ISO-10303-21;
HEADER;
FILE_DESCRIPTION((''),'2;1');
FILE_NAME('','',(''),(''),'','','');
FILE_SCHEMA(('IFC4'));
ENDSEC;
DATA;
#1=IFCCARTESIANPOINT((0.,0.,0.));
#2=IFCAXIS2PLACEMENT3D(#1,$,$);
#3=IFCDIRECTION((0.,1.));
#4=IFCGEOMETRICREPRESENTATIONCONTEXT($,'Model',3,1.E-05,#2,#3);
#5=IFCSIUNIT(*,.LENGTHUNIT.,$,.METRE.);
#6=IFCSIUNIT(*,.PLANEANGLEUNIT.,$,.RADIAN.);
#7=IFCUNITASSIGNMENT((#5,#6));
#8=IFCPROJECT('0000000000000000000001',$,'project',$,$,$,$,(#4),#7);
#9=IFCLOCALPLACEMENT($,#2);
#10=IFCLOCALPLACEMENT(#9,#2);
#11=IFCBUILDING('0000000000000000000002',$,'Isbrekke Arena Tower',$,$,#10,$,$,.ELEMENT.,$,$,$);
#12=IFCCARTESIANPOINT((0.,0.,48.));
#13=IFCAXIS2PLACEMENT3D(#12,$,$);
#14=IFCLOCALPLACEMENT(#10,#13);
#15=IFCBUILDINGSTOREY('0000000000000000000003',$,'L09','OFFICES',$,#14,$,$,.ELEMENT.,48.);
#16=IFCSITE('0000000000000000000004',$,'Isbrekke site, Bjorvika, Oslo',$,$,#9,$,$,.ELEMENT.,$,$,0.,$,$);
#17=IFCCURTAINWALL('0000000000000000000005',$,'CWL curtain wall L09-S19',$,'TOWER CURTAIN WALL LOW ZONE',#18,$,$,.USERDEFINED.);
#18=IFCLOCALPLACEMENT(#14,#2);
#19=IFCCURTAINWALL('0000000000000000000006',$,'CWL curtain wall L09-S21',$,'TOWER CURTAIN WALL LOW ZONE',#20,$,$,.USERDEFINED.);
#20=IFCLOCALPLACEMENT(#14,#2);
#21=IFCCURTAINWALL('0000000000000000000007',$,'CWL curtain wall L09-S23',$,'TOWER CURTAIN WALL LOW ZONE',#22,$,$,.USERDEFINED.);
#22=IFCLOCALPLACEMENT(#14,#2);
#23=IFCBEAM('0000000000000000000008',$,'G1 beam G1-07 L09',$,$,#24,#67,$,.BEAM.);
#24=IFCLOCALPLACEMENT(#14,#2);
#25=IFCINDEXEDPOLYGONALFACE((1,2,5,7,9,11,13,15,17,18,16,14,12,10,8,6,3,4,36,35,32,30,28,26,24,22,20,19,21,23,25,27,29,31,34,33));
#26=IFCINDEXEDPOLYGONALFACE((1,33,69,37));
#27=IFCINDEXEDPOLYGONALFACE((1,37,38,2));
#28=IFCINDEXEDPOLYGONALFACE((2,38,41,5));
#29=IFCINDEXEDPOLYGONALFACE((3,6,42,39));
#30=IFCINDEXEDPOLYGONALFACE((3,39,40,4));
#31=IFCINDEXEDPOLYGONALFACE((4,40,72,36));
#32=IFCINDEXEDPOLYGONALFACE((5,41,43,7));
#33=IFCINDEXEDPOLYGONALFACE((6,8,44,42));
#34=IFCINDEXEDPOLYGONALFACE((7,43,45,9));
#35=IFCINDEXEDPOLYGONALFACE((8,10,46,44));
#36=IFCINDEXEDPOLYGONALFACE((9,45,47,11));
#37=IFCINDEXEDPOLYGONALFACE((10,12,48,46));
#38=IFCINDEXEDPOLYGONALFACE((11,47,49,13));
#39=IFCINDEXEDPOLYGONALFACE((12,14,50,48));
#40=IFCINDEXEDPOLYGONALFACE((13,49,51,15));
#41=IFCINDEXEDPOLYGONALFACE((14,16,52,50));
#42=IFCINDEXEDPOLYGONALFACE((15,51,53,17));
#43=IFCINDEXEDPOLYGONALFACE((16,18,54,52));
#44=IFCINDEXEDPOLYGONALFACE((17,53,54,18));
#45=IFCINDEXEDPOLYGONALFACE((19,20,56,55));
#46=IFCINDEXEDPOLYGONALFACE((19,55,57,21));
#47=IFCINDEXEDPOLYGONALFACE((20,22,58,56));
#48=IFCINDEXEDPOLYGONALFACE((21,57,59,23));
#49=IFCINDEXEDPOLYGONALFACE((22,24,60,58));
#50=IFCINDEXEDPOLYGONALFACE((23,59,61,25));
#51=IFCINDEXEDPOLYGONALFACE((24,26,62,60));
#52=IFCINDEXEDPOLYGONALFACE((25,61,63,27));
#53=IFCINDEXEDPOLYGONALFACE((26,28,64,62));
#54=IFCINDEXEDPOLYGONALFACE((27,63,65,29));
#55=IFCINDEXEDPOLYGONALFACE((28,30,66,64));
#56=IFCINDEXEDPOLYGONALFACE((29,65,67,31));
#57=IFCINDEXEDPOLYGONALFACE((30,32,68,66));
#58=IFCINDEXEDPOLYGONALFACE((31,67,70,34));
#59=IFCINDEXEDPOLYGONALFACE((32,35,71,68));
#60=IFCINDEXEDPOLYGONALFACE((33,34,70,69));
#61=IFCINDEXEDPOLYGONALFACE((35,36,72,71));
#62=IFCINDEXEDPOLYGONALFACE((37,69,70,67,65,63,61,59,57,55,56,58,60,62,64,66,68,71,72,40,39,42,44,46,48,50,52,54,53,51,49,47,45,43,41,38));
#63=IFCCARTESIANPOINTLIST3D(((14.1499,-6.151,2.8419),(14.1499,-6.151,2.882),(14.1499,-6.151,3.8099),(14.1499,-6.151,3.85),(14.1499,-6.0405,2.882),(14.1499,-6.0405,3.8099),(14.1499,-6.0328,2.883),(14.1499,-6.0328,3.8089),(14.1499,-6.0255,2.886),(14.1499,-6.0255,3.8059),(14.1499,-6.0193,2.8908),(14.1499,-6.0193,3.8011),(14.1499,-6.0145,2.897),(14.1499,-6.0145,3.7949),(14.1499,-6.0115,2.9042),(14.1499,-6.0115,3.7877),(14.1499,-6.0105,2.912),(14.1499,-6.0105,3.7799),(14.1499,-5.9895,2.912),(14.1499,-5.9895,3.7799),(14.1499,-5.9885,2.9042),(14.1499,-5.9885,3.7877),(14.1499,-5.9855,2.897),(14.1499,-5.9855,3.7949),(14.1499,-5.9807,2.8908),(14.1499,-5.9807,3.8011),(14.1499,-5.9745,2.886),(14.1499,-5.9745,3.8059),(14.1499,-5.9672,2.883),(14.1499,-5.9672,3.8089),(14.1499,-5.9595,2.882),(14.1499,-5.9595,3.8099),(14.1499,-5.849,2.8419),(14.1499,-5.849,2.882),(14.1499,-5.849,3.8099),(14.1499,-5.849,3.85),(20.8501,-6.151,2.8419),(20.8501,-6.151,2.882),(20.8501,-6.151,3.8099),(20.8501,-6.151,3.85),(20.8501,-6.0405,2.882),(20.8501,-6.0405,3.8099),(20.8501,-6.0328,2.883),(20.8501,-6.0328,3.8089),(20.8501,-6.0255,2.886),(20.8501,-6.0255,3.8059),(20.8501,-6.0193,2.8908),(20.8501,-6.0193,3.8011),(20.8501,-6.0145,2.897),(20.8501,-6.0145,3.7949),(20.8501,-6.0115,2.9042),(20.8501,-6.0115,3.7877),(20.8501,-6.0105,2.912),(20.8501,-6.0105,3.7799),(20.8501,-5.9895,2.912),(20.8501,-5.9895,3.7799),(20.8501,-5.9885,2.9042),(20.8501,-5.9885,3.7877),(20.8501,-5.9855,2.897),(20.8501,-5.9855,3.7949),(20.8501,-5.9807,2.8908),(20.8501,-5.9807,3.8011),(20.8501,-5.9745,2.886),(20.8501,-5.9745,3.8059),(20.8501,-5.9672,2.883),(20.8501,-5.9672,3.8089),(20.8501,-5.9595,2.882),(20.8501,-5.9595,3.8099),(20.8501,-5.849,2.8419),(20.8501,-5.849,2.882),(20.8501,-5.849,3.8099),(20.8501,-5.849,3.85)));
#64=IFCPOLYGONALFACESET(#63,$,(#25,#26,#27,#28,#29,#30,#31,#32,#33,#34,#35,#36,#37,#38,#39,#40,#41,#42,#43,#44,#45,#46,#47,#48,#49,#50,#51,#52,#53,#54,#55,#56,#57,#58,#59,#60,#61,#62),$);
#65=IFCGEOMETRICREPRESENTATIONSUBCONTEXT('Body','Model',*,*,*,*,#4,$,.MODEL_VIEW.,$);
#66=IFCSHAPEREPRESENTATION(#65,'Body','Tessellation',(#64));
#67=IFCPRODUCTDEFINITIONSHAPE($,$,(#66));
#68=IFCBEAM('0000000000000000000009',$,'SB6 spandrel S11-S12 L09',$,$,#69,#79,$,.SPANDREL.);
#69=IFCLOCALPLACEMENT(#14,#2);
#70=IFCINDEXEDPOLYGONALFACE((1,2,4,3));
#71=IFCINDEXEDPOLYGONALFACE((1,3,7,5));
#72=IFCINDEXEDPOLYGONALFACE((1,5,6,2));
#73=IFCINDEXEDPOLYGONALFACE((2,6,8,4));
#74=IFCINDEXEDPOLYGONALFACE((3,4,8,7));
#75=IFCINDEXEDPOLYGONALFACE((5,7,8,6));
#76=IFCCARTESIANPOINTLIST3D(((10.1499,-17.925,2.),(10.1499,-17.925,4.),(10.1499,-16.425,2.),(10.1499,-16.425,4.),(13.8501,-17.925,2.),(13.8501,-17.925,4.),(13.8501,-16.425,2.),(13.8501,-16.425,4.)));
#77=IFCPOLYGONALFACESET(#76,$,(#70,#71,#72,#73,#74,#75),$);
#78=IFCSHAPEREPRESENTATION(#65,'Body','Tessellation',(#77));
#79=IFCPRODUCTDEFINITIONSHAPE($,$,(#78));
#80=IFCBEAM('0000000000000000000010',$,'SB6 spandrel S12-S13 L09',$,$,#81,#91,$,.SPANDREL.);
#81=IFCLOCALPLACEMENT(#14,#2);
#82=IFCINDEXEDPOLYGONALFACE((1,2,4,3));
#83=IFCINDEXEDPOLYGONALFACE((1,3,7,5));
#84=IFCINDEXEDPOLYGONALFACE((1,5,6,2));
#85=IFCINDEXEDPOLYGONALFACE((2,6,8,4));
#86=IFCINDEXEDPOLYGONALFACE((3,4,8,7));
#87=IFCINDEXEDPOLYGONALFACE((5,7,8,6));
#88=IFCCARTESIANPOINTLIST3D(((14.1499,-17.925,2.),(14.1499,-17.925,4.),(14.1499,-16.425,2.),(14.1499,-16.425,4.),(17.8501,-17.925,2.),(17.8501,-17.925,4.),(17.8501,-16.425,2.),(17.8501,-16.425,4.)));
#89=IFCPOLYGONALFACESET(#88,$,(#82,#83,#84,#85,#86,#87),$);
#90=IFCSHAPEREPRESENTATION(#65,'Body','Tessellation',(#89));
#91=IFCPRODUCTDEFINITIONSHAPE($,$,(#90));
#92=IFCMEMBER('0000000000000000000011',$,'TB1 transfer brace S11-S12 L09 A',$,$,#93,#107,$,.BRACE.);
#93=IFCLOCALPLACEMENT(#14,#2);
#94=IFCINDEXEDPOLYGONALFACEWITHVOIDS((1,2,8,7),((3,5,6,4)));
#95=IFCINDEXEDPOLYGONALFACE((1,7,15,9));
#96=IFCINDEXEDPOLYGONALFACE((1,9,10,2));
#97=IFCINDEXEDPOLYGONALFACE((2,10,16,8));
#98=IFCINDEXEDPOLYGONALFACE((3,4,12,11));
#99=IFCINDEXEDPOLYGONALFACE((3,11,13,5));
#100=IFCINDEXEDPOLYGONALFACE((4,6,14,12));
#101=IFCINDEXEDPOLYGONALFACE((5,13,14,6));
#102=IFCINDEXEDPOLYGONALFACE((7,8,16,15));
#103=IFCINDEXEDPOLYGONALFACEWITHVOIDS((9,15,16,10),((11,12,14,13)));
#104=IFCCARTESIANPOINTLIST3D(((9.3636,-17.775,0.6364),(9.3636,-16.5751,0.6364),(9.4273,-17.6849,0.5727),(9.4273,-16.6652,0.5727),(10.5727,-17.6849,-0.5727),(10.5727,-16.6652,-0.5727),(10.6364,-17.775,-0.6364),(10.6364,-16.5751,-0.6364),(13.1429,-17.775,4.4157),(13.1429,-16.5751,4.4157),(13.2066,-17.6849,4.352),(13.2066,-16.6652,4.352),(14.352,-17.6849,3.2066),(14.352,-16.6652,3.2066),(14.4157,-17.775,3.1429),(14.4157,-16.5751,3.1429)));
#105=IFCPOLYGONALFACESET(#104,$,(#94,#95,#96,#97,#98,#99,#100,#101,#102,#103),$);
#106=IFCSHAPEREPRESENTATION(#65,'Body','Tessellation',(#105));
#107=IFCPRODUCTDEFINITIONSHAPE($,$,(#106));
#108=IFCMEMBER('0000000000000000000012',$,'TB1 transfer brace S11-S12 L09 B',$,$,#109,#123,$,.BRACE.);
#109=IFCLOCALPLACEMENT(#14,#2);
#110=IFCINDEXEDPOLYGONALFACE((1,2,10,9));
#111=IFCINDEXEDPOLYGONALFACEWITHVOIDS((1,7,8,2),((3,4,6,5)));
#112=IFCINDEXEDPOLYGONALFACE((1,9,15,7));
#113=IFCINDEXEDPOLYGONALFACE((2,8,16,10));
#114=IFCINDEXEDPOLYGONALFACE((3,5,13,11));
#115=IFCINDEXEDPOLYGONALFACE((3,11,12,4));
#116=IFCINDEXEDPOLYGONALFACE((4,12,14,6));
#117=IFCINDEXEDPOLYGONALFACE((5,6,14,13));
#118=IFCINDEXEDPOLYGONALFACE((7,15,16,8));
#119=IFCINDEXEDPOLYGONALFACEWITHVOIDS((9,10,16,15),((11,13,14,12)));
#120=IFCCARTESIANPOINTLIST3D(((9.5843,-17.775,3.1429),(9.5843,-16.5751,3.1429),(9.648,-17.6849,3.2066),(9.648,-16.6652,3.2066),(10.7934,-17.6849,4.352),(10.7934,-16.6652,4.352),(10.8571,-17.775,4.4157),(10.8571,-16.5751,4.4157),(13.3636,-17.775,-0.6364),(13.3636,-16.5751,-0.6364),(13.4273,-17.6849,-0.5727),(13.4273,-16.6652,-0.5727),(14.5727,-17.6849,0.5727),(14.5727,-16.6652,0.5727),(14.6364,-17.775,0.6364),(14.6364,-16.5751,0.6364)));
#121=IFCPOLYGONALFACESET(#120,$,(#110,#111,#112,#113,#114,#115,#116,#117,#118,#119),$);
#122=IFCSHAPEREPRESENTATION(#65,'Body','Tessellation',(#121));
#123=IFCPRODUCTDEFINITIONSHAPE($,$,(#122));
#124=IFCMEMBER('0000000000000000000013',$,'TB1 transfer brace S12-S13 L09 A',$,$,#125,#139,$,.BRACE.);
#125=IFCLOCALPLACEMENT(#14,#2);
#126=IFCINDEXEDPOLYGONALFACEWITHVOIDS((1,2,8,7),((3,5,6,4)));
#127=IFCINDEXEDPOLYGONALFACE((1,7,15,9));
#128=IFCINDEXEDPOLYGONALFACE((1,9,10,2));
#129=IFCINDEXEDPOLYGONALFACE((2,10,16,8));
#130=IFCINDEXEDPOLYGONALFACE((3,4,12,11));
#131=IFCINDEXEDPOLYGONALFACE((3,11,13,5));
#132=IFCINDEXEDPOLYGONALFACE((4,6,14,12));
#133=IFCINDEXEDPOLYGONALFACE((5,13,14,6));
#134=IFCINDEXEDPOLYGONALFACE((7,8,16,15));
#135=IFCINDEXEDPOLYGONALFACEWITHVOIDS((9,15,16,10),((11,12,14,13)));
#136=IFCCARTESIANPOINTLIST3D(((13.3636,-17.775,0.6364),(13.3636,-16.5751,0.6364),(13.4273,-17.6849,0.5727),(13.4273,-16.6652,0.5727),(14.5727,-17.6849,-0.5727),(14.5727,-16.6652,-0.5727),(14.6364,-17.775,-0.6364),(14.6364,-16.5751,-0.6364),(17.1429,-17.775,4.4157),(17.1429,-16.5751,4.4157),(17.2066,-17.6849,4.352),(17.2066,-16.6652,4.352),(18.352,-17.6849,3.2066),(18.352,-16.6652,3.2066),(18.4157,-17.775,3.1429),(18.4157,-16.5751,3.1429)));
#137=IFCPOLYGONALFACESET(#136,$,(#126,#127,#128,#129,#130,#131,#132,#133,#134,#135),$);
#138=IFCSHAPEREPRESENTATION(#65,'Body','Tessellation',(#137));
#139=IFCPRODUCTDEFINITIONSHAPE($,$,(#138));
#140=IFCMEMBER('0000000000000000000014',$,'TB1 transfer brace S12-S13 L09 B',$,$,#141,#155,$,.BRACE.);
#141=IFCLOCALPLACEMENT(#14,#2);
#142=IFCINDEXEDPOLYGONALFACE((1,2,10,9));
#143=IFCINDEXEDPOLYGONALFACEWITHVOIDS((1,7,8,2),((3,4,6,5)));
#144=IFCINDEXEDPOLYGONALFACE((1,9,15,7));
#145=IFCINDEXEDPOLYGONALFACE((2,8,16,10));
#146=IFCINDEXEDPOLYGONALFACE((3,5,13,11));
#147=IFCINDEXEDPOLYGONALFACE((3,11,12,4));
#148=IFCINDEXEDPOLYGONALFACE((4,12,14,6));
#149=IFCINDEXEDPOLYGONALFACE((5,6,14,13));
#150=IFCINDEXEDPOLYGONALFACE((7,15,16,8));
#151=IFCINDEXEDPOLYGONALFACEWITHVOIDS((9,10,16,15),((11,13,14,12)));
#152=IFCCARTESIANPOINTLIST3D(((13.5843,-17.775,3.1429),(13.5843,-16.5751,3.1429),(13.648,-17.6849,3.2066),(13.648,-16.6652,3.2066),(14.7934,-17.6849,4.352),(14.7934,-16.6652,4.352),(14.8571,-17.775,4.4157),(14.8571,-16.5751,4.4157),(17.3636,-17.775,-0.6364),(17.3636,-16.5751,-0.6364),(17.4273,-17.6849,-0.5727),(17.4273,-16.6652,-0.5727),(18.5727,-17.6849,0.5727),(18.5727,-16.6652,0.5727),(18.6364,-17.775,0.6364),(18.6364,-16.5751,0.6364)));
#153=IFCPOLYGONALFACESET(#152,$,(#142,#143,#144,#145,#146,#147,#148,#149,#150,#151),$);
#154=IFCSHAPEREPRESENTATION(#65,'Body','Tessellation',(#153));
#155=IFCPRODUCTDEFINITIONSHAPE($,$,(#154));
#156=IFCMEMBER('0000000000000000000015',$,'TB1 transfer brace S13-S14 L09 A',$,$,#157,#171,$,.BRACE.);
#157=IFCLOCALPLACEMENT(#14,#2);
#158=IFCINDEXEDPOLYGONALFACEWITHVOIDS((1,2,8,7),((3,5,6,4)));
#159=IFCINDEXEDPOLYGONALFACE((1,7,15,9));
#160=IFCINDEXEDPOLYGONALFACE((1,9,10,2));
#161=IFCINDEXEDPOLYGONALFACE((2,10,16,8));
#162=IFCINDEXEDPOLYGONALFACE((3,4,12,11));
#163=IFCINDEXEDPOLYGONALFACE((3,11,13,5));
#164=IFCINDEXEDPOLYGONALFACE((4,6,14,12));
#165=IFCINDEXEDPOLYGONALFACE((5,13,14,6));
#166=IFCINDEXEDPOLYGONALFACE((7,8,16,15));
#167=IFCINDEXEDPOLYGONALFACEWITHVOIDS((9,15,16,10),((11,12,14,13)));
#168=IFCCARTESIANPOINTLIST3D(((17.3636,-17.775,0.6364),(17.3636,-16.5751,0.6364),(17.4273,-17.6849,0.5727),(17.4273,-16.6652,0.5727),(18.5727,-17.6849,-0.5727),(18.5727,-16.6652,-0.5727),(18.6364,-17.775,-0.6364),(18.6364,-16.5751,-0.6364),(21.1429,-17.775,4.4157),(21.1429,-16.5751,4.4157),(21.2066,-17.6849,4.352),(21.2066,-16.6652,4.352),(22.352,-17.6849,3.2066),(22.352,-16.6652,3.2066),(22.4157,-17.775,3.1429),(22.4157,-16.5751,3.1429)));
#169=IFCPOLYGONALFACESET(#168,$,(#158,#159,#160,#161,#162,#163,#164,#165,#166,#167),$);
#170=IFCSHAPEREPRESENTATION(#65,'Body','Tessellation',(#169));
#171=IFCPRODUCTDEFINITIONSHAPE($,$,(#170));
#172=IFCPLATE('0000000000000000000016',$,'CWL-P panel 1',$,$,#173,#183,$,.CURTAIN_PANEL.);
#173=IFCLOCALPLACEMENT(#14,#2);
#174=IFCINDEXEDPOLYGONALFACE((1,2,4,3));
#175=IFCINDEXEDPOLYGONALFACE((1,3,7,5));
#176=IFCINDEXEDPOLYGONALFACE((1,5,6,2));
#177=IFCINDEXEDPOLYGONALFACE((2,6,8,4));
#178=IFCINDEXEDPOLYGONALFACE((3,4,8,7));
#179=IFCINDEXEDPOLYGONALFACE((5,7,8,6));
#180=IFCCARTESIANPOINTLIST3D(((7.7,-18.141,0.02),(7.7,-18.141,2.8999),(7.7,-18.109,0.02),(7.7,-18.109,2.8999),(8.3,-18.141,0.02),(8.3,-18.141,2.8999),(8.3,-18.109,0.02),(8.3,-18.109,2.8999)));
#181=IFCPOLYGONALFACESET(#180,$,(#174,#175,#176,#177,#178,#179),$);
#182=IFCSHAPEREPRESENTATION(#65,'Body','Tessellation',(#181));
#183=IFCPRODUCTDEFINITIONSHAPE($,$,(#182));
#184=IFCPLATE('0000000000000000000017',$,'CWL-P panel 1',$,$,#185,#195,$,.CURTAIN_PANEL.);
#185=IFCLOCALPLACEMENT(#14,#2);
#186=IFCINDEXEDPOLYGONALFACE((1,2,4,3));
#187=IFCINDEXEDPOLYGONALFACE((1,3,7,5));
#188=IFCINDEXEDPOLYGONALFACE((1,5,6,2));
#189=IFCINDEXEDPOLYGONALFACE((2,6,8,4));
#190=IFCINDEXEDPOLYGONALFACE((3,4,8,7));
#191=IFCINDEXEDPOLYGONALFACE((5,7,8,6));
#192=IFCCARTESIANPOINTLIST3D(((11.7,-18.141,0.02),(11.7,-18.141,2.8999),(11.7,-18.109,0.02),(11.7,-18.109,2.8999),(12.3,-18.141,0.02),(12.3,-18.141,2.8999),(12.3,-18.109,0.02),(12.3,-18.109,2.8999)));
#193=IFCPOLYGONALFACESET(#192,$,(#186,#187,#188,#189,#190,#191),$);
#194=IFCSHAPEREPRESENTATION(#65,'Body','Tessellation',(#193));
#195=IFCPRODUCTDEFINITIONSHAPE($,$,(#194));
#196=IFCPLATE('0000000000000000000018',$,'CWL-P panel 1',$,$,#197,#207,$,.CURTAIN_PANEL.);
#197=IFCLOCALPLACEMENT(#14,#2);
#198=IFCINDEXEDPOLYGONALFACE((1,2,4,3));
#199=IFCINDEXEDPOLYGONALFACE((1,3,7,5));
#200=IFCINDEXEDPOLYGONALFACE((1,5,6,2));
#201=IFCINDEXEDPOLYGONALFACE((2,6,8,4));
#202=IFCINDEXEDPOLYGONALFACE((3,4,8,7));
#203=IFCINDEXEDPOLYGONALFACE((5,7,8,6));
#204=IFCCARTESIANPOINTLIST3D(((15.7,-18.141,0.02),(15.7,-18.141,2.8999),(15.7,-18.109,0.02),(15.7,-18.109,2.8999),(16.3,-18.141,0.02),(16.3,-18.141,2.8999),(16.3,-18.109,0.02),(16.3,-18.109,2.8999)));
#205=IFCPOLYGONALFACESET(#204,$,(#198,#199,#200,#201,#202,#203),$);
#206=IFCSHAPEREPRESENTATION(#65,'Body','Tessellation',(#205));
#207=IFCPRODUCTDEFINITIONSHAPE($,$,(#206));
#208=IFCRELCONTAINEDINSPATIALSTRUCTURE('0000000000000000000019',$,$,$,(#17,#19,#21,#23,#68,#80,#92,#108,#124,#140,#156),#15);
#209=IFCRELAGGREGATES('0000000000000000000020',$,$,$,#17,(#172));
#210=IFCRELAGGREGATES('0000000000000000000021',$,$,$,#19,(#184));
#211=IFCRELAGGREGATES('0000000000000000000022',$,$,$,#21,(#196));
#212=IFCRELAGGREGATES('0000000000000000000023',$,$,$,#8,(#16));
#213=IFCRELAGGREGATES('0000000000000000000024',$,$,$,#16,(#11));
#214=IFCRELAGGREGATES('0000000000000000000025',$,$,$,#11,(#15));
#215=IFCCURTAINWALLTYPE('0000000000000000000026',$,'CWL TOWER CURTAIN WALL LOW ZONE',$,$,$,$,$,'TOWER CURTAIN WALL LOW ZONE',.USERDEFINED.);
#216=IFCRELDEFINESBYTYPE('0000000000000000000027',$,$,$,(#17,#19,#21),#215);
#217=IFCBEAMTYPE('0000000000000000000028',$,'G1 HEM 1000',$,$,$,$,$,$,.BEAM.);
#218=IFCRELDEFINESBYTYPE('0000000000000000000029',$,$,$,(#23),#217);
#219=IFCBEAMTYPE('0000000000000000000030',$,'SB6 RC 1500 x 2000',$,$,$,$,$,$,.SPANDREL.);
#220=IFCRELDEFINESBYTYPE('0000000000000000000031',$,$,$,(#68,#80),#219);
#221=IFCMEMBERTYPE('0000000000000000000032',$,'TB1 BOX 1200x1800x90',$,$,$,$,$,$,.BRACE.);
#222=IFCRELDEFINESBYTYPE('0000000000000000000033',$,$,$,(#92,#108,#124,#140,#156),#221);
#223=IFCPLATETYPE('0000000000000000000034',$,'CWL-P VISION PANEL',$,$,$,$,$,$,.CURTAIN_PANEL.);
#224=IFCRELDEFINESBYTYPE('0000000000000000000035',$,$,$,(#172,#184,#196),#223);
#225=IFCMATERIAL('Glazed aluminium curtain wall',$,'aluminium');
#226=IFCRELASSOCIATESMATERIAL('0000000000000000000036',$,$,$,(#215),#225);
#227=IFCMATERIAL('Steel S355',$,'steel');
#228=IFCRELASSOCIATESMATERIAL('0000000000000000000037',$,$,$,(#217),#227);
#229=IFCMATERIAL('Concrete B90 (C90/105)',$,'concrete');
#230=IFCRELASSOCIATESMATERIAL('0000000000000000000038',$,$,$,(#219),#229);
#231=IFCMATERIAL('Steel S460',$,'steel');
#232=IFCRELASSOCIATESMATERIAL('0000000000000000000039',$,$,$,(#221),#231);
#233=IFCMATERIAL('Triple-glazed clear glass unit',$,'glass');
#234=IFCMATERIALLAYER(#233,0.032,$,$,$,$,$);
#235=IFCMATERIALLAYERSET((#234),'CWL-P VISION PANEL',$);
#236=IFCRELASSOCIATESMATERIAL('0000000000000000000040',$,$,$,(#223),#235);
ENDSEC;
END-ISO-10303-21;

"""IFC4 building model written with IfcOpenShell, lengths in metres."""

from ifc_helpers import new_model, si_unit, direction, frame, origin, origin_2d, place, context, subcontext, project, spatial, rectangle, hollow_rectangle, i_section, extrude, material, layer, layer_set, material_profile, profile_set, type_object, element, aggregate, save


model = new_model("IFC4")

# Units and contexts
model_context = context("Model", 3, precision=1e-05, world=origin(), true_north=direction((0.0, 1.0)))
body_context = subcontext(model_context, "Body", "Model", "MODEL_VIEW")
ifc_project = project(units=[si_unit("LENGTHUNIT", "METRE"), si_unit("PLANEANGLEUNIT", "RADIAN")], contexts=[model_context])

# Site, building, storey
site_placement = place(None, origin())
site = spatial("IfcSite", under=ifc_project, at=site_placement, Name="Isbrekke site, Bjorvika, Oslo", CompositionType="ELEMENT", RefElevation=0.0)
building_placement = place(site_placement, origin())
building = spatial("IfcBuilding", under=site, at=building_placement, Name="Isbrekke Arena Tower", CompositionType="ELEMENT")
storey_placement = place(building_placement, frame((0.0, 0.0, 48.0)))
storey = spatial("IfcBuildingStorey", under=building, at=storey_placement, Name="L09", Description="OFFICES", CompositionType="ELEMENT", Elevation=48.0)

# Curtain walls
ifc_material_1 = material(Name="Glazed aluminium curtain wall", Category="aluminium")
curtain_wall_type = type_object("IfcCurtainWallType", Name="CWL TOWER CURTAIN WALL LOW ZONE", ElementType="TOWER CURTAIN WALL LOW ZONE", PredefinedType="USERDEFINED", material=ifc_material_1)
curtain_wall_1_placement = place(storey_placement, origin())
curtain_wall_1 = element("IfcCurtainWall", 1, at=curtain_wall_1_placement, inside=storey, type_object=curtain_wall_type, Name="CWL curtain wall L09-S19", ObjectType="TOWER CURTAIN WALL LOW ZONE", PredefinedType="USERDEFINED")
curtain_wall_2_placement = place(storey_placement, origin())
curtain_wall_2 = element("IfcCurtainWall", 2, at=curtain_wall_2_placement, inside=storey, type_object=curtain_wall_type, Name="CWL curtain wall L09-S21", ObjectType="TOWER CURTAIN WALL LOW ZONE", PredefinedType="USERDEFINED")
curtain_wall_3_placement = place(storey_placement, origin())
curtain_wall_3 = element("IfcCurtainWall", 3, at=curtain_wall_3_placement, inside=storey, type_object=curtain_wall_type, Name="CWL curtain wall L09-S23", ObjectType="TOWER CURTAIN WALL LOW ZONE", PredefinedType="USERDEFINED")

# Beams
ifc_material_2 = material(Name="Steel S355", Category="steel")
ifc_material_profile_1 = material_profile(ifc_material_2, i_section(OverallWidth=0.302, OverallDepth=1.0081, WebThickness=0.021, FlangeThickness=0.04, FilletRadius=0.03, at=origin_2d()), Name="HEM 1000")
ifc_profile_set_1 = profile_set([ifc_material_profile_1], Name="Steel S355")
beam_type_1 = type_object("IfcBeamType", Name="G1 HEM 1000", PredefinedType="BEAM", material=ifc_profile_set_1)
beam_1_placement = place(storey_placement, frame((14.1499, -6.0, 3.3459), z_axis=(1.0, 0.0, 0.0), x_axis=(0.0, 1.0, 0.0)))
element("IfcBeam", 4, at=beam_1_placement, inside=storey, type_object=beam_type_1, Name="G1 beam G1-07 L09", PredefinedType="BEAM", context=body_context, shape_type="SweptSolid", body=[
    extrude(i_section(OverallWidth=0.302, OverallDepth=1.0081, WebThickness=0.021, FlangeThickness=0.04, FilletRadius=0.03, at=origin_2d()), origin(), (0.0, 0.0, 1.0), 6.7002),
])
ifc_material_3 = material(Name="Concrete B90 (C90/105)", Category="concrete")
ifc_material_profile_2 = material_profile(ifc_material_3, rectangle(XDim=1.5, YDim=2.0, at=origin_2d()), Name="RC 1500x2000")
ifc_profile_set_2 = profile_set([ifc_material_profile_2], Name="Concrete B90 (C90/105)")
beam_type_2 = type_object("IfcBeamType", Name="SB6 RC 1500 x 2000", PredefinedType="SPANDREL", material=ifc_profile_set_2)
for number, where, z_axis, x_axis, name in (
    (5, (10.1499, -17.175, 3.0), (1.0, 0.0, 0.0), (0.0, 1.0, 0.0), "SB6 spandrel S11-S12 L09"),
    (6, (14.1499, -17.175, 3.0), (1.0, 0.0, 0.0), (0.0, 1.0, 0.0), "SB6 spandrel S12-S13 L09"),
):
    element("IfcBeam", number, at=place(storey_placement, frame(where, z_axis=z_axis, x_axis=x_axis)), inside=storey, type_object=beam_type_2, Name=name, PredefinedType="SPANDREL", context=body_context, shape_type="SweptSolid", body=[
        extrude(rectangle(XDim=1.5, YDim=2.0, at=origin_2d()), origin(), (0.0, 0.0, 1.0), 3.7002),
    ])

# Members
ifc_material_4 = material(Name="Steel S460", Category="steel")
ifc_material_profile_3 = material_profile(ifc_material_4, hollow_rectangle(XDim=1.2, YDim=1.8, WallThickness=0.0901, at=origin_2d()), Name="BOX 1200x1800x90")
ifc_profile_set_3 = profile_set([ifc_material_profile_3], Name="Steel S460")
member_type_1 = type_object("IfcMemberType", Name="TB1 BOX 1200x1800x90", PredefinedType="BRACE", material=ifc_profile_set_3)
for number, where, z_axis, x_axis, name in (
    (7, (10.0, -17.175, 0.0), (0.707107, 0.0, 0.707107), (0.0, 1.0, 0.0), "TB1 transfer brace S11-S12 L09 A"),
    (8, (10.2207, -17.175, 3.7793), (0.707107, 0.0, -0.707107), (0.0, 1.0, 0.0), "TB1 transfer brace S11-S12 L09 B"),
    (9, (14.0, -17.175, 0.0), (0.707107, 0.0, 0.707107), (0.0, 1.0, 0.0), "TB1 transfer brace S12-S13 L09 A"),
    (10, (14.2207, -17.175, 3.7793), (0.707107, 0.0, -0.707107), (0.0, 1.0, 0.0), "TB1 transfer brace S12-S13 L09 B"),
    (11, (18.0, -17.175, 0.0), (0.707107, 0.0, 0.707107), (0.0, 1.0, 0.0), "TB1 transfer brace S13-S14 L09 A"),
):
    element("IfcMember", number, at=place(storey_placement, frame(where, z_axis=z_axis, x_axis=x_axis)), inside=storey, type_object=member_type_1, Name=name, PredefinedType="BRACE", context=body_context, shape_type="SweptSolid", body=[
        extrude(hollow_rectangle(XDim=1.2, YDim=1.8, WallThickness=0.0901, at=origin_2d()), origin(), (0.0, 0.0, 1.0), 5.3447),
    ])

# Plates
ifc_material_5 = material(Name="Triple-glazed clear glass unit", Category="glass")
ifc_layer_1 = layer(ifc_material_5, 0.032)
ifc_layer_set_1 = layer_set([ifc_layer_1], Name="CWL-P VISION PANEL")
plate_type = type_object("IfcPlateType", Name="CWL-P VISION PANEL", PredefinedType="CURTAIN_PANEL", material=ifc_layer_set_1)
plate_1_placement = place(storey_placement, frame((8.0, -18.125, 0.02), z_axis=(0.0, 0.0, 1.0), x_axis=(1.0, 0.0, 0.0)))
plate_1 = element("IfcPlate", 12, at=plate_1_placement, type_object=plate_type, Name="CWL-P panel 1", PredefinedType="CURTAIN_PANEL", context=body_context, shape_type="SweptSolid", body=[
    extrude(rectangle(XDim=0.6001, YDim=0.032, at=origin_2d()), origin(), (0.0, 0.0, 1.0), 2.8799),
])
aggregate(curtain_wall_1, [plate_1])
plate_2_placement = place(storey_placement, frame((12.0, -18.125, 0.02), z_axis=(0.0, 0.0, 1.0), x_axis=(1.0, 0.0, 0.0)))
plate_2 = element("IfcPlate", 13, at=plate_2_placement, type_object=plate_type, Name="CWL-P panel 1", PredefinedType="CURTAIN_PANEL", context=body_context, shape_type="SweptSolid", body=[
    extrude(rectangle(XDim=0.6001, YDim=0.032, at=origin_2d()), origin(), (0.0, 0.0, 1.0), 2.8799),
])
aggregate(curtain_wall_2, [plate_2])
plate_3_placement = place(storey_placement, frame((16.0, -18.125, 0.02), z_axis=(0.0, 0.0, 1.0), x_axis=(1.0, 0.0, 0.0)))
plate_3 = element("IfcPlate", 14, at=plate_3_placement, type_object=plate_type, Name="CWL-P panel 1", PredefinedType="CURTAIN_PANEL", context=body_context, shape_type="SweptSolid", body=[
    extrude(rectangle(XDim=0.6001, YDim=0.032, at=origin_2d()), origin(), (0.0, 0.0, 1.0), 2.8799),
])
aggregate(curtain_wall_3, [plate_3])

save(model, "model.ifc")
